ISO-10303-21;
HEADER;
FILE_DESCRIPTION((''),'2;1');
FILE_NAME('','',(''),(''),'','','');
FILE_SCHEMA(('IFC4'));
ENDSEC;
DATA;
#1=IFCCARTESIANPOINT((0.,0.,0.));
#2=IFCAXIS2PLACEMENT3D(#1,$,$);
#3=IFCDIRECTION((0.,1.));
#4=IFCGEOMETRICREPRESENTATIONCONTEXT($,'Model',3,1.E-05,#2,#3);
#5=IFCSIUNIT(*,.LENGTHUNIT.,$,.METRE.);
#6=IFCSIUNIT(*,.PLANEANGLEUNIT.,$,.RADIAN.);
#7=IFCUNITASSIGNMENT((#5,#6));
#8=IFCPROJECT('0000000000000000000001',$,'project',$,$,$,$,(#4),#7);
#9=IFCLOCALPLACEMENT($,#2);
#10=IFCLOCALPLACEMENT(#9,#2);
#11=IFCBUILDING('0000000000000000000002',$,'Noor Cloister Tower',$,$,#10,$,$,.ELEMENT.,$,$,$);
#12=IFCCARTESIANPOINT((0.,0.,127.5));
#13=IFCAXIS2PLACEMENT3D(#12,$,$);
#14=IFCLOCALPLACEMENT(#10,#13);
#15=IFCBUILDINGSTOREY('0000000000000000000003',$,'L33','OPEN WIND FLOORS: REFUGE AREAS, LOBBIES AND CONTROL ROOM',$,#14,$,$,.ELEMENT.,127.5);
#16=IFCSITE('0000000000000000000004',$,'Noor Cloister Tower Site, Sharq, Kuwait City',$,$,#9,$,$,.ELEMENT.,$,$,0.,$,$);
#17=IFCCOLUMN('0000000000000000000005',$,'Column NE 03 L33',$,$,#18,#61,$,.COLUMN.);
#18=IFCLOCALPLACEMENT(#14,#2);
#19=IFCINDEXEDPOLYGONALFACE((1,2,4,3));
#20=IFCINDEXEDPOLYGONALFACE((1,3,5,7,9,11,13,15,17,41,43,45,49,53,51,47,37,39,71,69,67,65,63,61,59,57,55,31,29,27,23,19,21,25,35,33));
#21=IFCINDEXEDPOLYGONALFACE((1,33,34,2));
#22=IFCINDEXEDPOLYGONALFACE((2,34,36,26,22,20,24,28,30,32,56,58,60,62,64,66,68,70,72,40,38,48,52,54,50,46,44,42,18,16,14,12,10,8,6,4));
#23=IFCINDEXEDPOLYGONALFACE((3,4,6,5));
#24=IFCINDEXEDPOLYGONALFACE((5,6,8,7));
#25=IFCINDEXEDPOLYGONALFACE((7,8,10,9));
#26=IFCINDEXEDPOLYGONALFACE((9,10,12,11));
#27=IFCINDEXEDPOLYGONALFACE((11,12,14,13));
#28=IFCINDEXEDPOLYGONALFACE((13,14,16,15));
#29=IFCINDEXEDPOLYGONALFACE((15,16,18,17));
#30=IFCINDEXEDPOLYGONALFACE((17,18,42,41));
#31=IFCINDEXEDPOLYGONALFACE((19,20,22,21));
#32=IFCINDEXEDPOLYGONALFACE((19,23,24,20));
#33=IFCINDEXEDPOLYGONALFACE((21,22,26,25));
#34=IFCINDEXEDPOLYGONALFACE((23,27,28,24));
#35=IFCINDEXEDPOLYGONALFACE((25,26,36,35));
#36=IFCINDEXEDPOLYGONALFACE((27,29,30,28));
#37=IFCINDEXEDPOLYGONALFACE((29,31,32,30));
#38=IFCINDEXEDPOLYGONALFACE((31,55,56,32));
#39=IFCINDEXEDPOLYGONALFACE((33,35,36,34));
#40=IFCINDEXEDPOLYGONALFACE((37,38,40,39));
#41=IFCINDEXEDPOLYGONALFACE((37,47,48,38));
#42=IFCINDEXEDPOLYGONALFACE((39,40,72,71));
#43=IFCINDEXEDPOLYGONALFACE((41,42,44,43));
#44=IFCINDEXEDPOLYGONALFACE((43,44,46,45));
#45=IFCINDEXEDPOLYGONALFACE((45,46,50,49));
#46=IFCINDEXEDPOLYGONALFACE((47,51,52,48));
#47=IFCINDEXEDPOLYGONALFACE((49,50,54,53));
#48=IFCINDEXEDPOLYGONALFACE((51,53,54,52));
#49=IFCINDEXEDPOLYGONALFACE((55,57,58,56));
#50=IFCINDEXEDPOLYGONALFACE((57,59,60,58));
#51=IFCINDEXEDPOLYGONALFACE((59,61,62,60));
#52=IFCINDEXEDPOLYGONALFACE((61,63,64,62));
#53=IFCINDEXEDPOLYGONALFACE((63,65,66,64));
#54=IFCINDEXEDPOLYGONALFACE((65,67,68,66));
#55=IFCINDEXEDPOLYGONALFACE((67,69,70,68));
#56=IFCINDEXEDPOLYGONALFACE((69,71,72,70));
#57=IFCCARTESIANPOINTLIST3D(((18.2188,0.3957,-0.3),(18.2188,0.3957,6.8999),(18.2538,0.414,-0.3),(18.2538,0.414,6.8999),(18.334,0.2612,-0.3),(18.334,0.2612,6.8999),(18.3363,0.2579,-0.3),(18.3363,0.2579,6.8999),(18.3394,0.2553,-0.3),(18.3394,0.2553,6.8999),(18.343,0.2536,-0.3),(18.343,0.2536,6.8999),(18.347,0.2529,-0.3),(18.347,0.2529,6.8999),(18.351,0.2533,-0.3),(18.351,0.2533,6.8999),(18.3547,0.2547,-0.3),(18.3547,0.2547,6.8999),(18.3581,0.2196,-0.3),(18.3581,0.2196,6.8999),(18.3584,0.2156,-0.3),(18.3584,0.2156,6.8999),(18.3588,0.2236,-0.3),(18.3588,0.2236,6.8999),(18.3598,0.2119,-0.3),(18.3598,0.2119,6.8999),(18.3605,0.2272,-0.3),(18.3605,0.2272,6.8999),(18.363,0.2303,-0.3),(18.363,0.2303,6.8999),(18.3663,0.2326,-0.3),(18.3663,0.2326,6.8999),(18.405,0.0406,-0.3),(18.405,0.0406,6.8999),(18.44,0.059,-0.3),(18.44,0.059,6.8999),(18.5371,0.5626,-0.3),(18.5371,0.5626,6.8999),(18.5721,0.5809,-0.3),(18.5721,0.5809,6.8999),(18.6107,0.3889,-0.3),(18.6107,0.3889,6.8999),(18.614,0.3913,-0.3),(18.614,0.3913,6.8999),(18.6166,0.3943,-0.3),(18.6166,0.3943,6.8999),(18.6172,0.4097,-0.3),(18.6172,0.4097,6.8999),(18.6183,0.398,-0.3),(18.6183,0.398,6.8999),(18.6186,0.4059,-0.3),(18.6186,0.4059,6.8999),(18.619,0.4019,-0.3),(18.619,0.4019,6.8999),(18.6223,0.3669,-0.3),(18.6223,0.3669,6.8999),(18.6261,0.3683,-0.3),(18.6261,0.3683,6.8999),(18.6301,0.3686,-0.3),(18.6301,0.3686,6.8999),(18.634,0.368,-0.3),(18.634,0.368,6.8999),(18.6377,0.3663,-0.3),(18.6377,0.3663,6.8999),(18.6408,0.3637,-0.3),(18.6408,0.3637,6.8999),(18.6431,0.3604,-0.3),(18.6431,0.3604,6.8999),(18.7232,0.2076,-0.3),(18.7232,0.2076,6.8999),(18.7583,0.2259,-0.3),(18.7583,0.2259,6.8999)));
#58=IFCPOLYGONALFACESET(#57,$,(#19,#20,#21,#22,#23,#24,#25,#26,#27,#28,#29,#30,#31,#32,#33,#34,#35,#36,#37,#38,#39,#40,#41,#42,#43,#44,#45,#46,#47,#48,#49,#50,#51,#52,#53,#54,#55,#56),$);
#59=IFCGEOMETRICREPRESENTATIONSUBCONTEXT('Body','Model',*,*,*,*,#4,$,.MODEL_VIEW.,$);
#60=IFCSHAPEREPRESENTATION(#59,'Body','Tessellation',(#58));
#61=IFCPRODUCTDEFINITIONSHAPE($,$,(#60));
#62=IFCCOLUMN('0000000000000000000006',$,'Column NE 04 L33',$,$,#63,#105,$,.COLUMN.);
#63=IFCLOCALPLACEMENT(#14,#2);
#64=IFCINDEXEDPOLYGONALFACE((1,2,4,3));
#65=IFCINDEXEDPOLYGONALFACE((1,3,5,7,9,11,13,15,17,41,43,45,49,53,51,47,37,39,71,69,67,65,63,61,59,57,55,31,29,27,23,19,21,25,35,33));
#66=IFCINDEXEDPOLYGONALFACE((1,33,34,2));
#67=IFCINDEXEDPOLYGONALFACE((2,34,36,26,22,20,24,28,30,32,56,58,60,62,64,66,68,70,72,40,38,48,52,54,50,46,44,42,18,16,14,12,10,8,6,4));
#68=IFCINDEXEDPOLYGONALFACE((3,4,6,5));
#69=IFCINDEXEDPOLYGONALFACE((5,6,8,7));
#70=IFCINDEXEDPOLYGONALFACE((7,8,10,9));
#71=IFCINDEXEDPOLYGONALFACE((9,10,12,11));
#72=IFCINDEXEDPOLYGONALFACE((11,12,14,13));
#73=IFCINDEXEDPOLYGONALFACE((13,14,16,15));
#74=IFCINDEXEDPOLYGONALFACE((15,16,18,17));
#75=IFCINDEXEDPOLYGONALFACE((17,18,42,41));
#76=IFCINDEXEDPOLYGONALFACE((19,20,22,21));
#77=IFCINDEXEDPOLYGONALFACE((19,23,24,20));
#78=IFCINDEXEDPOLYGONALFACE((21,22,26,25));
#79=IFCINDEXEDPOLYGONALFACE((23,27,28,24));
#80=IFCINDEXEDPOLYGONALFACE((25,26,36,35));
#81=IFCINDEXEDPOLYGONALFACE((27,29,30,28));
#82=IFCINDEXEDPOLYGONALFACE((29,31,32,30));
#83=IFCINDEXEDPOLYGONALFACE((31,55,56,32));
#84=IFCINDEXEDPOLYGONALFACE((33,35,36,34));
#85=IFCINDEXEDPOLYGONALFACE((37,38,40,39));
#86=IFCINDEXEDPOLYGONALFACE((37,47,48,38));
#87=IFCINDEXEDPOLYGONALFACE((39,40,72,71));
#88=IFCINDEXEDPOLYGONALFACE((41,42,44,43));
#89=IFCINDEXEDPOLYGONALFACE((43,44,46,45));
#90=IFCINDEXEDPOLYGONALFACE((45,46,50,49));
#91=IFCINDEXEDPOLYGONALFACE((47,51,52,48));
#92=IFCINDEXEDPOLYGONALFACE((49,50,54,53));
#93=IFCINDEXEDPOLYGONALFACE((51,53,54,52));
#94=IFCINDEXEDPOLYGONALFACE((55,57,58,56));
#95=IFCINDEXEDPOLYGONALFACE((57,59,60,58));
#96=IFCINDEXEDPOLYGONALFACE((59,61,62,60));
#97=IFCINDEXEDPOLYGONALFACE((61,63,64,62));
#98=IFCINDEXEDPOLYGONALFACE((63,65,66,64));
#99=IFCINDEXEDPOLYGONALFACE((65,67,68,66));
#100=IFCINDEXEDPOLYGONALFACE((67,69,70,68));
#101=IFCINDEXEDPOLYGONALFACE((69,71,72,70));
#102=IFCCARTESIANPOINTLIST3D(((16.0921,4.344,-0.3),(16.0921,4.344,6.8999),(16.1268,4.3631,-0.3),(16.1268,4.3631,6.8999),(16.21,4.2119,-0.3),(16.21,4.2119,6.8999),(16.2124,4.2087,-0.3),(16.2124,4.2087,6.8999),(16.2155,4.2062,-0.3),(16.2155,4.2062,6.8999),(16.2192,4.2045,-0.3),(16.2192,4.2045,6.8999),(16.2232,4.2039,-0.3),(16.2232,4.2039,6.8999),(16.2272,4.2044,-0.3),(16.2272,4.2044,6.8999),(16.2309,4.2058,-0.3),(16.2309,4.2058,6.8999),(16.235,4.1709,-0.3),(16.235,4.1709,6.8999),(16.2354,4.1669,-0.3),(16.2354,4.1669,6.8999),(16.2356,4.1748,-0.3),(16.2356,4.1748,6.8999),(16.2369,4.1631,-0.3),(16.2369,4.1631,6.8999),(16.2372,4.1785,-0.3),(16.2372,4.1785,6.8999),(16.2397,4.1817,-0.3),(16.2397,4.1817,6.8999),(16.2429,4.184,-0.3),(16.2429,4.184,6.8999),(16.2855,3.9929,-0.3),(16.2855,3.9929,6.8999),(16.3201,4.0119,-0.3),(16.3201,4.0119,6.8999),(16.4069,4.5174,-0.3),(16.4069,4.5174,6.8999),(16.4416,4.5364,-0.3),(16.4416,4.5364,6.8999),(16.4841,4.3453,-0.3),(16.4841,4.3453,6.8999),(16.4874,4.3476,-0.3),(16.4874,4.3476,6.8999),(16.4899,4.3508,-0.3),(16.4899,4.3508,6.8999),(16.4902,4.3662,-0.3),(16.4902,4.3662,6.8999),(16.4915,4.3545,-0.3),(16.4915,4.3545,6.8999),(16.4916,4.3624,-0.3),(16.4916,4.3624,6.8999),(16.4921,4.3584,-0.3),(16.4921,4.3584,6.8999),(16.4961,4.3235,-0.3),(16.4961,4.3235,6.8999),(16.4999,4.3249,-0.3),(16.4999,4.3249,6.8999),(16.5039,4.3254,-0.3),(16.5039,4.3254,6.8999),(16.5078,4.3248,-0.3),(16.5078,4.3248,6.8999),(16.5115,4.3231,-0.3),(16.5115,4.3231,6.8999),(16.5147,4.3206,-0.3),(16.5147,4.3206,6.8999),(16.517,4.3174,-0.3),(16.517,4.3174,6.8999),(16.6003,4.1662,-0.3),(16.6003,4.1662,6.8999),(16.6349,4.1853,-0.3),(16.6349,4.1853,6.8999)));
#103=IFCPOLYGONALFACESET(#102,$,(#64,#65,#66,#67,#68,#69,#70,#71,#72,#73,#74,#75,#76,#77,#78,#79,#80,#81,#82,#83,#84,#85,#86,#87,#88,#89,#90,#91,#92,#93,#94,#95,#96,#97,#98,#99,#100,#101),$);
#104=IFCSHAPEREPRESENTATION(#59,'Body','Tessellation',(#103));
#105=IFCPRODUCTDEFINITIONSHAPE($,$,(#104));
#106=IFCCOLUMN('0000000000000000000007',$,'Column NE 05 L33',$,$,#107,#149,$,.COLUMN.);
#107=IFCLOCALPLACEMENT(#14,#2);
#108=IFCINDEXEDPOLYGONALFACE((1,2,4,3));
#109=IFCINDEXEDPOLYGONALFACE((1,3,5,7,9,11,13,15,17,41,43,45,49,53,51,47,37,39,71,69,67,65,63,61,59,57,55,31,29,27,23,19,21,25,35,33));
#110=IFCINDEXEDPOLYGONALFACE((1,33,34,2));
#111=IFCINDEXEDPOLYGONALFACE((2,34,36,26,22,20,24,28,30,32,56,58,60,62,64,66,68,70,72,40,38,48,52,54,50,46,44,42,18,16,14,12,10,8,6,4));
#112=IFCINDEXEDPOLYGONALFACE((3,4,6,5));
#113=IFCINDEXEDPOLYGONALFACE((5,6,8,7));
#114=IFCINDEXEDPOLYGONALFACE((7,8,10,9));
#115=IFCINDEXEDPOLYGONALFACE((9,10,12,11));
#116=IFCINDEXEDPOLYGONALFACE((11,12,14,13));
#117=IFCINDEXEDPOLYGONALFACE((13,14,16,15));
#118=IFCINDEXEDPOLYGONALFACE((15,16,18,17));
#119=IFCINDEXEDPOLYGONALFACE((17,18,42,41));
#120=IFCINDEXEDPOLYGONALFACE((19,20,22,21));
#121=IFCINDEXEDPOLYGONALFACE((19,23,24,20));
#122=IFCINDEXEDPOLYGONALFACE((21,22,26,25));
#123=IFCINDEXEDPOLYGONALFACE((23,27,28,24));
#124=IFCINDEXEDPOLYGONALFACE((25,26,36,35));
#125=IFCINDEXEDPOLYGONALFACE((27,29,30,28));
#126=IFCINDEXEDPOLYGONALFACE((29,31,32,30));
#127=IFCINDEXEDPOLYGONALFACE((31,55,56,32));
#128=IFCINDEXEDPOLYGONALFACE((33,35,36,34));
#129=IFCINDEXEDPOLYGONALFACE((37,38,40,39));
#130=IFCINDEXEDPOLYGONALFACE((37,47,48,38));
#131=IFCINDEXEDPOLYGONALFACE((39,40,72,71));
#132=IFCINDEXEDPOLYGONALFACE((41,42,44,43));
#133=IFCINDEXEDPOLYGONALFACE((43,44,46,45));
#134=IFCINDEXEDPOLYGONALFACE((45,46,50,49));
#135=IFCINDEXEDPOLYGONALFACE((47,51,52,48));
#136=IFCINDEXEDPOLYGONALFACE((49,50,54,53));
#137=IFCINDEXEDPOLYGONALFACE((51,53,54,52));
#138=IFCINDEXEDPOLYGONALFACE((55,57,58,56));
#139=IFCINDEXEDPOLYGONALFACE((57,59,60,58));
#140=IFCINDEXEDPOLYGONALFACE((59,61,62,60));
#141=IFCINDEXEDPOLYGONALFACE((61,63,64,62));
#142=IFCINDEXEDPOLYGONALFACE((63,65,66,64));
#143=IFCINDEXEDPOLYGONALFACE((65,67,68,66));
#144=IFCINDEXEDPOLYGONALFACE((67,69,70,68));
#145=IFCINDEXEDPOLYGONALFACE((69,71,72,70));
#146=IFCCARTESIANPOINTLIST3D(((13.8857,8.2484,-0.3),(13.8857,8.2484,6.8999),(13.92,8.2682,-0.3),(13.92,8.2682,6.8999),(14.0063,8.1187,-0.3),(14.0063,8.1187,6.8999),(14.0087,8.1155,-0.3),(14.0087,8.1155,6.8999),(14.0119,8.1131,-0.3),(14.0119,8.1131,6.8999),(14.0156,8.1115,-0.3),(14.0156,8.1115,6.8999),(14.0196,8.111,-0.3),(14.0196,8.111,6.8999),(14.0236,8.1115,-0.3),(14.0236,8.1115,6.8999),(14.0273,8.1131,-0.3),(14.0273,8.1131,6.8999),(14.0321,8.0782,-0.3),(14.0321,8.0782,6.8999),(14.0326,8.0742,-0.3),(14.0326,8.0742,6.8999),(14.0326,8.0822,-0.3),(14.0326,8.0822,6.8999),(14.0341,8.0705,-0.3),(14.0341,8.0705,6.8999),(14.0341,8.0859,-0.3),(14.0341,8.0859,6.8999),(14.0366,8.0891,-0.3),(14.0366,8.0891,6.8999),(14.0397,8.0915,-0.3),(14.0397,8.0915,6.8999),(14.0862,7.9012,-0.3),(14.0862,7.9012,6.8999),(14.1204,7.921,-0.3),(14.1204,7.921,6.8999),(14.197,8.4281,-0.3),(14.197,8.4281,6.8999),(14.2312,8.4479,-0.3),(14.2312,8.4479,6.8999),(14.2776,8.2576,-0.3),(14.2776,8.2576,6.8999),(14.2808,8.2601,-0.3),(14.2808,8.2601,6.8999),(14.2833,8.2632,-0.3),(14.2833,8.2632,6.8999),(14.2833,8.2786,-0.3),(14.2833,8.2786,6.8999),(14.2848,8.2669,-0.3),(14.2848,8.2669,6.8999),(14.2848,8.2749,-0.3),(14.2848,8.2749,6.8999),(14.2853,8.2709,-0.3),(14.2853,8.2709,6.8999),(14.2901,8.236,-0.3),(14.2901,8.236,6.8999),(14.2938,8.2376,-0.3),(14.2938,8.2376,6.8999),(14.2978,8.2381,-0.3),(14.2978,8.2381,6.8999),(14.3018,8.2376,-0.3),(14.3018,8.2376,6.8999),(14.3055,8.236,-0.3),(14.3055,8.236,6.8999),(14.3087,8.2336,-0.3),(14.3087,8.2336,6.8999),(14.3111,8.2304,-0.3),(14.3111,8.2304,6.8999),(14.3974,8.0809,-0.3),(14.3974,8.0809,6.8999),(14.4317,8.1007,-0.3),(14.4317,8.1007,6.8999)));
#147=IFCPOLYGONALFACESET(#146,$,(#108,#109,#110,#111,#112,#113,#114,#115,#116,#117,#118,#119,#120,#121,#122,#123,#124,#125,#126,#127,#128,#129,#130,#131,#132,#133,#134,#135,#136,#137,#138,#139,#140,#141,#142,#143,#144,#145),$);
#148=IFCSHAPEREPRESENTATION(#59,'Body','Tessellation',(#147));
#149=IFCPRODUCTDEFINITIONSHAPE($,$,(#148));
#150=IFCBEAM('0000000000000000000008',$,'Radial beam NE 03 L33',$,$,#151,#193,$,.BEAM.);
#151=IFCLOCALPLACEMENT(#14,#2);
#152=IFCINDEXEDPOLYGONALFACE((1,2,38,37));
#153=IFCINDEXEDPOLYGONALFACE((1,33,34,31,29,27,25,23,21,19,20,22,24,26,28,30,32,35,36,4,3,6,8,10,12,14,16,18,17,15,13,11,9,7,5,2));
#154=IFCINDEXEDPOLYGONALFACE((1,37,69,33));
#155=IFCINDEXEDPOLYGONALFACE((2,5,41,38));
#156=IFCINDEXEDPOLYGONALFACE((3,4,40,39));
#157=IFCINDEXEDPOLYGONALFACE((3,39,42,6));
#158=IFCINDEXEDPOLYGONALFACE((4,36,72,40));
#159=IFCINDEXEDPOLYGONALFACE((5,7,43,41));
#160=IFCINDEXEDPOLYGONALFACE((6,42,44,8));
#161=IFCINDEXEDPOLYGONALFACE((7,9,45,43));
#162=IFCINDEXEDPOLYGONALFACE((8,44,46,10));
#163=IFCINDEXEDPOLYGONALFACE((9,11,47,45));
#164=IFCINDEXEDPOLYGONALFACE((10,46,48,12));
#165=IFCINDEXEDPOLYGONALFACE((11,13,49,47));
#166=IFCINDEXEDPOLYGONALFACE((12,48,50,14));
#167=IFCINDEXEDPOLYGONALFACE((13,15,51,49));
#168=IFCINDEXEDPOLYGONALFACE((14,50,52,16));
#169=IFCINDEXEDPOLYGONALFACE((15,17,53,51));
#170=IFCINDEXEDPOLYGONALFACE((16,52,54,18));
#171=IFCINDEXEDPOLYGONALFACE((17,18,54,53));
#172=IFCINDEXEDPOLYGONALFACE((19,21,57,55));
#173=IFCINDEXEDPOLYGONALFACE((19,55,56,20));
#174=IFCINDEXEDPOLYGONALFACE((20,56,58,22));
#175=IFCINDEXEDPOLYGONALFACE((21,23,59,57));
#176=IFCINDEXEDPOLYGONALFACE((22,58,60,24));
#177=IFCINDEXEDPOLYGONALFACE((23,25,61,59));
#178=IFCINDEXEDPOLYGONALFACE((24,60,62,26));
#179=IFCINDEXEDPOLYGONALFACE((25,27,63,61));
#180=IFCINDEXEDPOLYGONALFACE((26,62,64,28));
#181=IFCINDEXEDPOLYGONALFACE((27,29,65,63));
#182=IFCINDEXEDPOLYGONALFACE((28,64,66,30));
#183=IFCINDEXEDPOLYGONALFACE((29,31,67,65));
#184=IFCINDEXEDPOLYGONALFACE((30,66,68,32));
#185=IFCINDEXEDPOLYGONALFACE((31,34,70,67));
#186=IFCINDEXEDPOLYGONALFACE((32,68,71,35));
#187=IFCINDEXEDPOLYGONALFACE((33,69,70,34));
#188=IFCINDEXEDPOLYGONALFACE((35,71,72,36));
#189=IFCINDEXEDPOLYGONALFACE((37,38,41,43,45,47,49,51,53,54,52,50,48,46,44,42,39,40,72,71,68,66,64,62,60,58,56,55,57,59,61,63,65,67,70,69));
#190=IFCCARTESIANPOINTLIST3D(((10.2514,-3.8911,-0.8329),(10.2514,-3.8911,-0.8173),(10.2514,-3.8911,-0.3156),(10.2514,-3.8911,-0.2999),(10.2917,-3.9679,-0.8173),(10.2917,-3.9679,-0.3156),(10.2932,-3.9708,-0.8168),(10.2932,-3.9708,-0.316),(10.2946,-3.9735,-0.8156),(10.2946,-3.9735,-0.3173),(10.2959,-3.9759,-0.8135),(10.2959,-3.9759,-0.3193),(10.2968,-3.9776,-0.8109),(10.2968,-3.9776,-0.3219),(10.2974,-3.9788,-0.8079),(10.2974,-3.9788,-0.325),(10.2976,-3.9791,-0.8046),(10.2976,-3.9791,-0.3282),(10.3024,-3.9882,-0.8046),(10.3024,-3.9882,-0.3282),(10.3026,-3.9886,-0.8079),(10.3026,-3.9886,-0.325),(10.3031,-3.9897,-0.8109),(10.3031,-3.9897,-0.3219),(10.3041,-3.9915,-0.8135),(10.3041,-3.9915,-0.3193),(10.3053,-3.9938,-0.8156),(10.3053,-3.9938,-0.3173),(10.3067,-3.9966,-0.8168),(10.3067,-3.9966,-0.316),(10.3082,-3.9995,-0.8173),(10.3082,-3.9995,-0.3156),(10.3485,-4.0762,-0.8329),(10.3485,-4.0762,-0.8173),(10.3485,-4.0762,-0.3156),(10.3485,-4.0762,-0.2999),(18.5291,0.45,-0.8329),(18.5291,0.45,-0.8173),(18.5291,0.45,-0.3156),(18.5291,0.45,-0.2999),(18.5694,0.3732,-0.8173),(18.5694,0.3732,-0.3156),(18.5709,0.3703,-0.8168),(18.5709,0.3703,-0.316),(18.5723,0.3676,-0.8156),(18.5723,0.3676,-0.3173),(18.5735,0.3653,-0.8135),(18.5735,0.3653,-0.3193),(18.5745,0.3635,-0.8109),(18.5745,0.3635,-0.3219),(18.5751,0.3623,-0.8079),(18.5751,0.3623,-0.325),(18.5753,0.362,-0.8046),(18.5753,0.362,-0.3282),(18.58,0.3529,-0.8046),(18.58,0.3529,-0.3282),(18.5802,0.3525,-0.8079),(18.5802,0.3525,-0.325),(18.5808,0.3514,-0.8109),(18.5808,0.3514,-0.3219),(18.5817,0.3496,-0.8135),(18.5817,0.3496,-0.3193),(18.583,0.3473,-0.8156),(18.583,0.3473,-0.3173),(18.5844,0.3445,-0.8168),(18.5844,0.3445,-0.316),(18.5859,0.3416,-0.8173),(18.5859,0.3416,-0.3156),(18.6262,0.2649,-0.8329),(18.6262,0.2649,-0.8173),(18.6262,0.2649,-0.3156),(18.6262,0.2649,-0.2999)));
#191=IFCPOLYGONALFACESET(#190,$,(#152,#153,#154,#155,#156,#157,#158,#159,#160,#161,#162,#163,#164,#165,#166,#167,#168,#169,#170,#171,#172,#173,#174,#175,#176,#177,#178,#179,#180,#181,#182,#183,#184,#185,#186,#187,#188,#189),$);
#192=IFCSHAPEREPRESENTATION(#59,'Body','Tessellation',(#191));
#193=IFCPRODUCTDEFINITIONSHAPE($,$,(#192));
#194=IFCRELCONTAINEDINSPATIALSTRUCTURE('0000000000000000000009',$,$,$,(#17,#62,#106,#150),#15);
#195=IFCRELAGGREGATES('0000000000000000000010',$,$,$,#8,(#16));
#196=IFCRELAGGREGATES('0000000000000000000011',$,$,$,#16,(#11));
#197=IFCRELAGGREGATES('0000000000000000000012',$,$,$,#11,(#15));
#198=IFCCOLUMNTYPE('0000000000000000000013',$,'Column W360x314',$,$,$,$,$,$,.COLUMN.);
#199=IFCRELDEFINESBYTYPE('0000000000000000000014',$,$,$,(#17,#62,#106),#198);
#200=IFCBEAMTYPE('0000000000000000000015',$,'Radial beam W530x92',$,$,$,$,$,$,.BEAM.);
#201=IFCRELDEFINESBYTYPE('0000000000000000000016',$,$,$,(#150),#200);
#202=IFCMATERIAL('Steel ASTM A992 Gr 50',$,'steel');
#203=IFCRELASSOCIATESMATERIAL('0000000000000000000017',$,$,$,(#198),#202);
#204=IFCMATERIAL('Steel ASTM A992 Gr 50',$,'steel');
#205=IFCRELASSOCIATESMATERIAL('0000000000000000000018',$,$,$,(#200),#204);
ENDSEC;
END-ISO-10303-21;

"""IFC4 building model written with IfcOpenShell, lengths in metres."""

from ifc_helpers import new_model, si_unit, direction, frame, origin, origin_2d, place, context, subcontext, project, spatial, i_section, extrude, material, material_profile, profile_set, type_object, element, save


model = new_model("IFC4")

# Units and contexts
model_context = context("Model", 3, precision=1e-05, world=origin(), true_north=direction((0.0, 1.0)))
body_context = subcontext(model_context, "Body", "Model", "MODEL_VIEW")
ifc_project = project(units=[si_unit("LENGTHUNIT", "METRE"), si_unit("PLANEANGLEUNIT", "RADIAN")], contexts=[model_context])

# Site, building, storey
site_placement = place(None, origin())
site = spatial("IfcSite", under=ifc_project, at=site_placement, Name="Noor Cloister Tower Site, Sharq, Kuwait City", CompositionType="ELEMENT", RefElevation=0.0)
building_placement = place(site_placement, origin())
building = spatial("IfcBuilding", under=site, at=building_placement, Name="Noor Cloister Tower", CompositionType="ELEMENT")
storey_placement = place(building_placement, frame((0.0, 0.0, 127.5)))
storey = spatial("IfcBuildingStorey", under=building, at=storey_placement, Name="L33", Description="OPEN WIND FLOORS: REFUGE AREAS, LOBBIES AND CONTROL ROOM", CompositionType="ELEMENT", Elevation=127.5)

# Columns
ifc_material_1 = material(Name="Steel ASTM A992 Gr 50", Category="steel")
ifc_material_profile_1 = material_profile(ifc_material_1, i_section(OverallWidth=0.4009, OverallDepth=0.3989, WebThickness=0.0249, FlangeThickness=0.0396, FilletRadius=0.0154, at=origin_2d()), Name="W360x314")
ifc_profile_set_1 = profile_set([ifc_material_profile_1], Name="Steel ASTM A992 Gr 50")
column_type = type_object("IfcColumnType", Name="Column W360x314", PredefinedType="COLUMN", material=ifc_profile_set_1)
for number, where, z_axis, x_axis, name in (
    (1, (18.4885, 0.3108, -0.3), (0.0, 0.0, 1.0), (-0.464446, 0.885601, 0.0), "Column NE 03 L33"),
    (2, (16.3635, 4.2646, -0.3), (0.0, 0.0, 1.0), (-0.482322, 0.875994, 0.0), "Column NE 04 L33"),
    (3, (14.1587, 8.1746, -0.3), (0.0, 0.0, 1.0), (-0.5, 0.866025, 0.0), "Column NE 05 L33"),
):
    element("IfcColumn", number, at=place(storey_placement, frame(where, z_axis=z_axis, x_axis=x_axis)), inside=storey, type_object=column_type, Name=name, PredefinedType="COLUMN", context=body_context, shape_type="SweptSolid", body=[
        extrude(i_section(OverallWidth=0.4009, OverallDepth=0.3989, WebThickness=0.0249, FlangeThickness=0.0396, FilletRadius=0.0154, at=origin_2d()), origin(), (0.0, 0.0, 1.0), 7.2),
    ])

# Beam
ifc_material_2 = material(Name="Steel ASTM A992 Gr 50", Category="steel")
ifc_material_profile_2 = material_profile(ifc_material_2, i_section(OverallWidth=0.209, OverallDepth=0.533, WebThickness=0.0103, FlangeThickness=0.0156, FilletRadius=0.0127, at=origin_2d()), Name="W530x92")
ifc_profile_set_2 = profile_set([ifc_material_profile_2], Name="Steel ASTM A992 Gr 50")
beam_type_1 = type_object("IfcBeamType", Name="Radial beam W530x92", PredefinedType="BEAM", material=ifc_profile_set_2)
beam_1_placement = place(storey_placement, frame((18.5776, 0.3574, -0.5664), z_axis=(-0.885603, -0.464442, 0.0), x_axis=(0.464442, -0.885603, 0.0)))
element("IfcBeam", 4, at=beam_1_placement, inside=storey, type_object=beam_type_1, Name="Radial beam NE 03 L33", PredefinedType="BEAM", context=body_context, shape_type="SweptSolid", body=[
    extrude(i_section(OverallWidth=0.209, OverallDepth=0.533, WebThickness=0.0103, FlangeThickness=0.0156, FilletRadius=0.0127, at=origin_2d()), origin(), (0.0, 0.0, 1.0), 9.3469),
])

save(model, "model.ifc")
